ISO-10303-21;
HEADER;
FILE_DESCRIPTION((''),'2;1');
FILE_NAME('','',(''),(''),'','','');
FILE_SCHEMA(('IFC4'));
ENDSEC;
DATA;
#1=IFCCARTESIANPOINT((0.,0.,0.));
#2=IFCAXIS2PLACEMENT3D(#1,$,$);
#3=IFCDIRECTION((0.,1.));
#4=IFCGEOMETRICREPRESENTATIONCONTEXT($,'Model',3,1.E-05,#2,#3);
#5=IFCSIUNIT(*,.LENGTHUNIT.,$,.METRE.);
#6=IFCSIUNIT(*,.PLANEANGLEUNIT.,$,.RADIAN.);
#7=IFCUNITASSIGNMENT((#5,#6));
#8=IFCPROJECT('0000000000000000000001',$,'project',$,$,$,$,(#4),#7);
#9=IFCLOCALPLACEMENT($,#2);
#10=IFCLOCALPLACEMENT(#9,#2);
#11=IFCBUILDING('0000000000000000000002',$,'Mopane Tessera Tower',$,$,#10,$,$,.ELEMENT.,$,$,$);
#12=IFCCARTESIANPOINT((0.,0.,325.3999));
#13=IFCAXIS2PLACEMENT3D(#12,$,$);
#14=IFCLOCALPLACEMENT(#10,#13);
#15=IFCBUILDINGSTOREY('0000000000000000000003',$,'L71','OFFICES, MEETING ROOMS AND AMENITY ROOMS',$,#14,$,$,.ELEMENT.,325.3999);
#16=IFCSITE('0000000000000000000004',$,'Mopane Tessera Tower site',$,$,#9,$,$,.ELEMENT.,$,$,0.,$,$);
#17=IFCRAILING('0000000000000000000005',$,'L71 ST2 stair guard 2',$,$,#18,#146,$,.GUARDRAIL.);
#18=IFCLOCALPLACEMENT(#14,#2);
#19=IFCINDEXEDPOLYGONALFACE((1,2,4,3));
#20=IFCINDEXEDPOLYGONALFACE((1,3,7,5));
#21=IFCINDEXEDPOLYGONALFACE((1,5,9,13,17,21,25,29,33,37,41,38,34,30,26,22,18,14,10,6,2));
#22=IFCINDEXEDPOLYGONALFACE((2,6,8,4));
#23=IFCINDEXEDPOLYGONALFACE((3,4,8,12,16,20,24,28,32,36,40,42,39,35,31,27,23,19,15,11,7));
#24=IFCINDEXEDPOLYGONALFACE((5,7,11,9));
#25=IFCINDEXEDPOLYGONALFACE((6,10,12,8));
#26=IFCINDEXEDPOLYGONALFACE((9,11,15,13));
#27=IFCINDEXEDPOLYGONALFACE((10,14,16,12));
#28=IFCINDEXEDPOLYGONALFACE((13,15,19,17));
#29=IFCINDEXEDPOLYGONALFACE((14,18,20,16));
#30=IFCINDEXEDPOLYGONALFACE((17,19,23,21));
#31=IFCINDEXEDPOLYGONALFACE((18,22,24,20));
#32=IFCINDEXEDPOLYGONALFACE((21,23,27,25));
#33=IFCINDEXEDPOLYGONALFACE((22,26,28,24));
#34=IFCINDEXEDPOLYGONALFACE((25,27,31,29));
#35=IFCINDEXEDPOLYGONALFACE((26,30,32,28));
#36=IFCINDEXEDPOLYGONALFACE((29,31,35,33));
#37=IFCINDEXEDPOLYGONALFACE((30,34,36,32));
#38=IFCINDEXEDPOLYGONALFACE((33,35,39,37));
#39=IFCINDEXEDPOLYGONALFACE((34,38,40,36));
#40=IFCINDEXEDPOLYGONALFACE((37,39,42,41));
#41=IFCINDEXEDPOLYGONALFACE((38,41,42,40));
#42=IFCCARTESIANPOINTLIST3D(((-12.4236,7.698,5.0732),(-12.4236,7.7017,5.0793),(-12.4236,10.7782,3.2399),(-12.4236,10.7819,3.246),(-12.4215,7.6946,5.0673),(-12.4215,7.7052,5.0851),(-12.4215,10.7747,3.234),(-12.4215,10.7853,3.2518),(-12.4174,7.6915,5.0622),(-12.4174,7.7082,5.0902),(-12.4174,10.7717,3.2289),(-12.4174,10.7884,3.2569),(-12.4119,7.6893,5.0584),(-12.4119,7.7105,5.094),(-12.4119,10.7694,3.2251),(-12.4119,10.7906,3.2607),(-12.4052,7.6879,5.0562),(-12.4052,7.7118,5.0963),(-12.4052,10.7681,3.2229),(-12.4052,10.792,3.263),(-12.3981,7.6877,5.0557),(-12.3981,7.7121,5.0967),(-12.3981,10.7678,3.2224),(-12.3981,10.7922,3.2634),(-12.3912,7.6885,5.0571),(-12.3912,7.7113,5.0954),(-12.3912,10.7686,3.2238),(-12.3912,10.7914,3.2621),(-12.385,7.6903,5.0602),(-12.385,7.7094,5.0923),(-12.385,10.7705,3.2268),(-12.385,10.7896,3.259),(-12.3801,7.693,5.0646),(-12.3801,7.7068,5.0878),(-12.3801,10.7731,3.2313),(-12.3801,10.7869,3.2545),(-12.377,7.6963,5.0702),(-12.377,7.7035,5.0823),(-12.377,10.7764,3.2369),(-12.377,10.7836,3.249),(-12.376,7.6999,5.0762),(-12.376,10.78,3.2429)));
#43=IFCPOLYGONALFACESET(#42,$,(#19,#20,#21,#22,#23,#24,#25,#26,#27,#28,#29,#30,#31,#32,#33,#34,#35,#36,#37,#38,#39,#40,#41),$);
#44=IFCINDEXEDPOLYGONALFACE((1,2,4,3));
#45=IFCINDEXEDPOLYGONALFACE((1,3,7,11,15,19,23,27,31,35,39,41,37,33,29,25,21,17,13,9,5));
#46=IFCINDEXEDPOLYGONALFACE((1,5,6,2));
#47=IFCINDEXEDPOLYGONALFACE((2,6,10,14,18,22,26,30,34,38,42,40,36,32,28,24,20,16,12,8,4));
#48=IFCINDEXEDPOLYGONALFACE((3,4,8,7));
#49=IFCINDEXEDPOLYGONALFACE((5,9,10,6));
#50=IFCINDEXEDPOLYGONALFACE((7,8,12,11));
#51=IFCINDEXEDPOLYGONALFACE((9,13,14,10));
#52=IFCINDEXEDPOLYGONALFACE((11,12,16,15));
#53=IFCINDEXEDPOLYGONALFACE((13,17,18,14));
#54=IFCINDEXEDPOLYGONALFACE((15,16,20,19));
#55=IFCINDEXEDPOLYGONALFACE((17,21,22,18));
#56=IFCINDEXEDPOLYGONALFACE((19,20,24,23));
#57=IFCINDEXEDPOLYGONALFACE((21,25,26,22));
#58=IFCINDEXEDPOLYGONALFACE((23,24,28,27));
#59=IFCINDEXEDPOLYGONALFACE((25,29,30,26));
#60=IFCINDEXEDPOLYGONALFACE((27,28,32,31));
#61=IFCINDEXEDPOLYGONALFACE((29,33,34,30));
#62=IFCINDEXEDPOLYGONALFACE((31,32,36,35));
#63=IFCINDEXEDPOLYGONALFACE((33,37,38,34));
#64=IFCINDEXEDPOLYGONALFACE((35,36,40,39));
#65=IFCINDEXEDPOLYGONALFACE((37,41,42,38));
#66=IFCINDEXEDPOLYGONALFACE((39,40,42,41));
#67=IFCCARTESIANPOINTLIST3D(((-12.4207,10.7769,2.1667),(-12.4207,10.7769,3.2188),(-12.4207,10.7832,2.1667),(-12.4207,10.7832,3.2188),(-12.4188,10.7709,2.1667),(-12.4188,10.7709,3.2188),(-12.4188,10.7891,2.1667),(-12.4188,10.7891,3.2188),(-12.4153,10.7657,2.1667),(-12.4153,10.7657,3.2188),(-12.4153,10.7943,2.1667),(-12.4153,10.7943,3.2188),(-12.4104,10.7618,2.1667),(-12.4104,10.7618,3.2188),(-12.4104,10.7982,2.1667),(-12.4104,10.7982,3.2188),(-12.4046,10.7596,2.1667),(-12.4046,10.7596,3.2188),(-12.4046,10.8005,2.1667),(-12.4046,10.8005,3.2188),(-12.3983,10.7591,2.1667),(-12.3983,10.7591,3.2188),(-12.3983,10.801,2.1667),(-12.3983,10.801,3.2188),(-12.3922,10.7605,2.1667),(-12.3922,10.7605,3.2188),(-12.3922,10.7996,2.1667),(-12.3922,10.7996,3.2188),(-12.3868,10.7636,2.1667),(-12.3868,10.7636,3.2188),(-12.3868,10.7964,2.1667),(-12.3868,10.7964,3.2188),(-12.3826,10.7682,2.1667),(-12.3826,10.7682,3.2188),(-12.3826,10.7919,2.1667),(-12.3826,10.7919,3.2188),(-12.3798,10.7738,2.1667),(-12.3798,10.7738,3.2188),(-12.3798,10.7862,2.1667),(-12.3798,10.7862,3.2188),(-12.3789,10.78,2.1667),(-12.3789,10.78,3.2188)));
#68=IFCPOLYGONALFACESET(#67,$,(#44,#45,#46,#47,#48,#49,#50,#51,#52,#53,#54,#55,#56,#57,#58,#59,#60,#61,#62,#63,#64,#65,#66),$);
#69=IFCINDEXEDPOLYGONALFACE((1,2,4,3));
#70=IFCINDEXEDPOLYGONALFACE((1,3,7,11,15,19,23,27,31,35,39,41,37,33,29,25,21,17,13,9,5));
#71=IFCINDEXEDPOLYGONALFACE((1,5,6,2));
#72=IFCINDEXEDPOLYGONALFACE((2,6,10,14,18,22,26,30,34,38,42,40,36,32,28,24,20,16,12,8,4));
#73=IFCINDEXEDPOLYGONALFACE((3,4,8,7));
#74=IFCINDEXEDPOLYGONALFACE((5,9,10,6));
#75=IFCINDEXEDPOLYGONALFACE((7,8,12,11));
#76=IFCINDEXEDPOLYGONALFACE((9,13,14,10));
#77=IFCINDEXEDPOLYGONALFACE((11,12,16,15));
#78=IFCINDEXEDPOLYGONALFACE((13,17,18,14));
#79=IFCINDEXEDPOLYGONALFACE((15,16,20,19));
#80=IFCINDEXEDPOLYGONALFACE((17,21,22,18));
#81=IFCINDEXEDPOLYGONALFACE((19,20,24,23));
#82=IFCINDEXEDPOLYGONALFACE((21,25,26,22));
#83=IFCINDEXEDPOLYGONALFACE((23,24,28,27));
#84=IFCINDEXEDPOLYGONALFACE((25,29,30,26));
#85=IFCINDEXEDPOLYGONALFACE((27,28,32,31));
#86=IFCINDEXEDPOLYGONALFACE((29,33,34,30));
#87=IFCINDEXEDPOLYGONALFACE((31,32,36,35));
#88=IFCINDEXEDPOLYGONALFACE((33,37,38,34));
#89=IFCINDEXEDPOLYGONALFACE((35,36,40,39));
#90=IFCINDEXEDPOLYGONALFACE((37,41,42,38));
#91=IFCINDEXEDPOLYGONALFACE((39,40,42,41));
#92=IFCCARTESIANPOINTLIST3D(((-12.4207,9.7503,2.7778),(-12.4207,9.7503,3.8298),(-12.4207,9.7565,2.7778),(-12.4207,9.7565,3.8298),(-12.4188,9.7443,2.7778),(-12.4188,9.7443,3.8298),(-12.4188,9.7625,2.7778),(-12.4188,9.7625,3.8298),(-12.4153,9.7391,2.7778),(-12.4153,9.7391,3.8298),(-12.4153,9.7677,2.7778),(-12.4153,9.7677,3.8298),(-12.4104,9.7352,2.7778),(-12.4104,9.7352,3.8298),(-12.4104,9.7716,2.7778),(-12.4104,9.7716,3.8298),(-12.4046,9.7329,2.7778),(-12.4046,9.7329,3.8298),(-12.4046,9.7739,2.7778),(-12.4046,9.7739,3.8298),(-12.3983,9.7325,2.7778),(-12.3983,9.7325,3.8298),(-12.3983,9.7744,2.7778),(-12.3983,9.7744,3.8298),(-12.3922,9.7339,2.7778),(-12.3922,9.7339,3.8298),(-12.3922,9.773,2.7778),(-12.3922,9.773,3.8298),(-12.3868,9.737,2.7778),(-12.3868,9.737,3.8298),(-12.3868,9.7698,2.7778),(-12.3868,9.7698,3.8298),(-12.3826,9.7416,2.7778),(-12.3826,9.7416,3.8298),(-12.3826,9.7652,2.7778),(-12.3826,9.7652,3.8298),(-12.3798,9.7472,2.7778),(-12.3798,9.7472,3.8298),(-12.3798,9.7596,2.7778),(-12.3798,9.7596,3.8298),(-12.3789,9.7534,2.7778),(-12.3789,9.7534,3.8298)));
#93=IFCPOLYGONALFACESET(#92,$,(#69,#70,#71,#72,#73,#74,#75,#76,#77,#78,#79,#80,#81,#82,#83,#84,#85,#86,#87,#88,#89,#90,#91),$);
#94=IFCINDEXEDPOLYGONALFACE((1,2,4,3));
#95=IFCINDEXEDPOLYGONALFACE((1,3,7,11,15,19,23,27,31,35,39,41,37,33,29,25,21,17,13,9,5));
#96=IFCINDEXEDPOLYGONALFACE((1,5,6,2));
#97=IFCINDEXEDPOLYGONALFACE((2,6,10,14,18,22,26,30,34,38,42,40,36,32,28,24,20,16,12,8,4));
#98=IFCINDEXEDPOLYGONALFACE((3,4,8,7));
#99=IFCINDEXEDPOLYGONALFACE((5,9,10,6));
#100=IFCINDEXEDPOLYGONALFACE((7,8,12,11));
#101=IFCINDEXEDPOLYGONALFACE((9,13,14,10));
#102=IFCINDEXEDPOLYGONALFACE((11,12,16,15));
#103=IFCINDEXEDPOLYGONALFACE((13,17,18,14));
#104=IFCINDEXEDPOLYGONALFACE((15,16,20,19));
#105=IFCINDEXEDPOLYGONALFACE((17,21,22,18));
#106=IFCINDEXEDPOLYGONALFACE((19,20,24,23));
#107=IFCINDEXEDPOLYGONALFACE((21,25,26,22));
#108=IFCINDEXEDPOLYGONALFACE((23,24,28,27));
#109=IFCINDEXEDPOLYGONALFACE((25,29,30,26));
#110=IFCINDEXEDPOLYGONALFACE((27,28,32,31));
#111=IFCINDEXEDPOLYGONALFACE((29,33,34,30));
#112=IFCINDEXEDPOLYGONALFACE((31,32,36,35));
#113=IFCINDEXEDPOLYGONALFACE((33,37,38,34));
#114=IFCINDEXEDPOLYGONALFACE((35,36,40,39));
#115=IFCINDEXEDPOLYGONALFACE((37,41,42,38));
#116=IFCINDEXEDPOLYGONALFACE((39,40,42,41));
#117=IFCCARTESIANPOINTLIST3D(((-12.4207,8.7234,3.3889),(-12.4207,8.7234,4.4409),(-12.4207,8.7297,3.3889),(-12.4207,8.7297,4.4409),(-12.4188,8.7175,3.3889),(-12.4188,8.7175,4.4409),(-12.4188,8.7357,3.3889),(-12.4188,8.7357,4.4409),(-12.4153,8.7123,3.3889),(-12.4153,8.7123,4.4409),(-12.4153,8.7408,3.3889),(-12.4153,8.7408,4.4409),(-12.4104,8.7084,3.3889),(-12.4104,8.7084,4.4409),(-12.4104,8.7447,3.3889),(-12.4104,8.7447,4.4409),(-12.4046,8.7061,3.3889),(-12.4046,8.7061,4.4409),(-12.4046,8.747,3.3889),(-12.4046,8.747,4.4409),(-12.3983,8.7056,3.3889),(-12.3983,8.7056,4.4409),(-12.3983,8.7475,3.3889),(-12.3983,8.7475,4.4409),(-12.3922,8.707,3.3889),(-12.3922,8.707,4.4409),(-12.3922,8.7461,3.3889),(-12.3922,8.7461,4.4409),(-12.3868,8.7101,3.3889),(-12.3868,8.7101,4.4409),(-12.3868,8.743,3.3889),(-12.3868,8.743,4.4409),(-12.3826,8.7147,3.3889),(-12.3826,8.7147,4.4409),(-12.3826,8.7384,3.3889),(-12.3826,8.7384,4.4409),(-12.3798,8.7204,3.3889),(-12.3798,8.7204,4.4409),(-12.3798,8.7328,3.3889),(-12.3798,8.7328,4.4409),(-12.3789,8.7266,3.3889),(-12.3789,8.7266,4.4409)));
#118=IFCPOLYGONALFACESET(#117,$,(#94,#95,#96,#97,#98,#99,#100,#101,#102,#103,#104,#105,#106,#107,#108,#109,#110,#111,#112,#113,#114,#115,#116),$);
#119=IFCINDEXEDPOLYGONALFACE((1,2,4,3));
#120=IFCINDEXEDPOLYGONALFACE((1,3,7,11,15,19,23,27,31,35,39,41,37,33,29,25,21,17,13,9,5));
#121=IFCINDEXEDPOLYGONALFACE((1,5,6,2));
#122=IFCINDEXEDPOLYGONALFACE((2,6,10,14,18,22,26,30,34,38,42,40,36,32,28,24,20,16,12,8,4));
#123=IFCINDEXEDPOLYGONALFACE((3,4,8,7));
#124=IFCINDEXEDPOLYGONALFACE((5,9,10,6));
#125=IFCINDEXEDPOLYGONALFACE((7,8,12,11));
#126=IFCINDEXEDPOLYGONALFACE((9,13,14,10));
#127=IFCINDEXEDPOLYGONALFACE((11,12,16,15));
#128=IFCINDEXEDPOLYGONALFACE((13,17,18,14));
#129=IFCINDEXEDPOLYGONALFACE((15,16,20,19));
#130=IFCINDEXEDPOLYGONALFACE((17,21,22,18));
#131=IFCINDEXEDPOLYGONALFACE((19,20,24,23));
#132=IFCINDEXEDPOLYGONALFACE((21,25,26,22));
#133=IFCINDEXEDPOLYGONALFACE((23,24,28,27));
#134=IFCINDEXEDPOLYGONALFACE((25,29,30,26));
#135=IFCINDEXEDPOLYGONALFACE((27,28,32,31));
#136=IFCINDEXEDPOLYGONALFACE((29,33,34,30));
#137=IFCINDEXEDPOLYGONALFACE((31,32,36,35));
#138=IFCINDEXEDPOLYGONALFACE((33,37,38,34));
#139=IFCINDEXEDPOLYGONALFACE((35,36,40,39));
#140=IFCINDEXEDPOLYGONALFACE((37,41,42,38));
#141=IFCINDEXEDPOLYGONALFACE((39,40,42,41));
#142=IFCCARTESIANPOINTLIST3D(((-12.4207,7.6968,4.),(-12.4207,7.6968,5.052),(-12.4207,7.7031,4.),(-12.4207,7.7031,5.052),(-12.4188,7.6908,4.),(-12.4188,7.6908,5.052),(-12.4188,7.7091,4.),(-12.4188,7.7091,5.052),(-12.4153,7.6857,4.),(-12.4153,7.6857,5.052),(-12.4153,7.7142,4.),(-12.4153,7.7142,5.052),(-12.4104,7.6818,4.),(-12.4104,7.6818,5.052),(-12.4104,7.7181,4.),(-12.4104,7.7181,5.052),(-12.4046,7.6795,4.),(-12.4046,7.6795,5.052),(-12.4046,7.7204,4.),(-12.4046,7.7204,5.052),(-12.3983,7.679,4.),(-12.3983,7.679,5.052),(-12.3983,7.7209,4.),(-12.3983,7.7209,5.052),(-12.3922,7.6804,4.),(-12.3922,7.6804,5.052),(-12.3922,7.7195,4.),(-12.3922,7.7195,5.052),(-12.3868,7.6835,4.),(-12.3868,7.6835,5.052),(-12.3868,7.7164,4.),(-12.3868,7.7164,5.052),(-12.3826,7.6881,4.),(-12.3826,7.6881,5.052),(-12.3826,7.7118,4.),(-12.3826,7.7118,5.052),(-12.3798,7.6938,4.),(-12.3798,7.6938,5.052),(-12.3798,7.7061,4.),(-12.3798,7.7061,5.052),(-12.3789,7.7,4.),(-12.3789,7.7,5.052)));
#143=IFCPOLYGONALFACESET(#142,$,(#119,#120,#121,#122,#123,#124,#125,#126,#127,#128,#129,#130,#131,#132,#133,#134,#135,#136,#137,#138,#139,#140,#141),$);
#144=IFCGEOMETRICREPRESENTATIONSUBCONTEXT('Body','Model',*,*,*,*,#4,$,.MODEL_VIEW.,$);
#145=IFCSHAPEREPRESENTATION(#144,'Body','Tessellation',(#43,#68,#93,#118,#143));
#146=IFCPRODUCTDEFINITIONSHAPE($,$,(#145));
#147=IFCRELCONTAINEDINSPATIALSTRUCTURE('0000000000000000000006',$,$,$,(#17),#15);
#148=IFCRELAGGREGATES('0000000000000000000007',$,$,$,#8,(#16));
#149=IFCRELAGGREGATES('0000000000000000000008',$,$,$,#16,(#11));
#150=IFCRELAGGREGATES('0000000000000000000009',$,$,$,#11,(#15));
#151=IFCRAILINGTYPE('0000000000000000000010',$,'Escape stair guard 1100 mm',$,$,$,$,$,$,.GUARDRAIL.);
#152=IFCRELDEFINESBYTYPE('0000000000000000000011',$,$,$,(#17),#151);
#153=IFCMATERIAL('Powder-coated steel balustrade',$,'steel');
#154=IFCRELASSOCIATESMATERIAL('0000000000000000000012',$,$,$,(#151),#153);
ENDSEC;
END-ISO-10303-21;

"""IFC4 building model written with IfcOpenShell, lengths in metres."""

from ifc_helpers import new_model, si_unit, direction, frame, origin, origin_2d, place, context, subcontext, project, spatial, circle, extrude, material, type_object, element, save


model = new_model("IFC4")

# Units and contexts
model_context = context("Model", 3, precision=1e-05, world=origin(), true_north=direction((0.0, 1.0)))
body_context = subcontext(model_context, "Body", "Model", "MODEL_VIEW")
ifc_project = project(units=[si_unit("LENGTHUNIT", "METRE"), si_unit("PLANEANGLEUNIT", "RADIAN")], contexts=[model_context])

# Site, building, storey
site_placement = place(None, origin())
site = spatial("IfcSite", under=ifc_project, at=site_placement, Name="Mopane Tessera Tower site", CompositionType="ELEMENT", RefElevation=0.0)
building_placement = place(site_placement, origin())
building = spatial("IfcBuilding", under=site, at=building_placement, Name="Mopane Tessera Tower", CompositionType="ELEMENT")
storey_placement = place(building_placement, frame((0.0, 0.0, 325.3999)))
storey = spatial("IfcBuildingStorey", under=building, at=storey_placement, Name="L71", Description="OFFICES, MEETING ROOMS AND AMENITY ROOMS", CompositionType="ELEMENT", Elevation=325.3999)

# Railing
ifc_material_1 = material(Name="Powder-coated steel balustrade", Category="steel")
railing_type = type_object("IfcRailingType", Name="Escape stair guard 1100 mm", PredefinedType="GUARDRAIL", material=ifc_material_1)
railing_placement = place(storey_placement, frame((-12.3999, 10.78, 2.1667)))
element("IfcRailing", 1, at=railing_placement, inside=storey, type_object=railing_type, Name="L71 ST2 stair guard 2", PredefinedType="GUARDRAIL", context=body_context, shape_type="SweptSolid", body=[
    extrude(circle(Radius=0.0239, at=origin_2d()), frame((0.0, 0.0, 1.0762), z_axis=(0.0, -0.859309, 0.511458), x_axis=(1.0, 0.0, 0.0)), (0.0, 0.0, 1.0), 3.5845),
    extrude(circle(Radius=0.021, at=origin_2d()), origin(), (0.0, 0.0, 1.0), 1.052),
    extrude(circle(Radius=0.021, at=origin_2d()), frame((0.0, -1.0266, 0.6111)), (0.0, 0.0, 1.0), 1.052),
    extrude(circle(Radius=0.021, at=origin_2d()), frame((0.0, -2.0535, 1.2222)), (0.0, 0.0, 1.0), 1.052),
    extrude(circle(Radius=0.021, at=origin_2d()), frame((0.0, -3.0801, 1.8333)), (0.0, 0.0, 1.0), 1.052),
])

save(model, "model.ifc")
